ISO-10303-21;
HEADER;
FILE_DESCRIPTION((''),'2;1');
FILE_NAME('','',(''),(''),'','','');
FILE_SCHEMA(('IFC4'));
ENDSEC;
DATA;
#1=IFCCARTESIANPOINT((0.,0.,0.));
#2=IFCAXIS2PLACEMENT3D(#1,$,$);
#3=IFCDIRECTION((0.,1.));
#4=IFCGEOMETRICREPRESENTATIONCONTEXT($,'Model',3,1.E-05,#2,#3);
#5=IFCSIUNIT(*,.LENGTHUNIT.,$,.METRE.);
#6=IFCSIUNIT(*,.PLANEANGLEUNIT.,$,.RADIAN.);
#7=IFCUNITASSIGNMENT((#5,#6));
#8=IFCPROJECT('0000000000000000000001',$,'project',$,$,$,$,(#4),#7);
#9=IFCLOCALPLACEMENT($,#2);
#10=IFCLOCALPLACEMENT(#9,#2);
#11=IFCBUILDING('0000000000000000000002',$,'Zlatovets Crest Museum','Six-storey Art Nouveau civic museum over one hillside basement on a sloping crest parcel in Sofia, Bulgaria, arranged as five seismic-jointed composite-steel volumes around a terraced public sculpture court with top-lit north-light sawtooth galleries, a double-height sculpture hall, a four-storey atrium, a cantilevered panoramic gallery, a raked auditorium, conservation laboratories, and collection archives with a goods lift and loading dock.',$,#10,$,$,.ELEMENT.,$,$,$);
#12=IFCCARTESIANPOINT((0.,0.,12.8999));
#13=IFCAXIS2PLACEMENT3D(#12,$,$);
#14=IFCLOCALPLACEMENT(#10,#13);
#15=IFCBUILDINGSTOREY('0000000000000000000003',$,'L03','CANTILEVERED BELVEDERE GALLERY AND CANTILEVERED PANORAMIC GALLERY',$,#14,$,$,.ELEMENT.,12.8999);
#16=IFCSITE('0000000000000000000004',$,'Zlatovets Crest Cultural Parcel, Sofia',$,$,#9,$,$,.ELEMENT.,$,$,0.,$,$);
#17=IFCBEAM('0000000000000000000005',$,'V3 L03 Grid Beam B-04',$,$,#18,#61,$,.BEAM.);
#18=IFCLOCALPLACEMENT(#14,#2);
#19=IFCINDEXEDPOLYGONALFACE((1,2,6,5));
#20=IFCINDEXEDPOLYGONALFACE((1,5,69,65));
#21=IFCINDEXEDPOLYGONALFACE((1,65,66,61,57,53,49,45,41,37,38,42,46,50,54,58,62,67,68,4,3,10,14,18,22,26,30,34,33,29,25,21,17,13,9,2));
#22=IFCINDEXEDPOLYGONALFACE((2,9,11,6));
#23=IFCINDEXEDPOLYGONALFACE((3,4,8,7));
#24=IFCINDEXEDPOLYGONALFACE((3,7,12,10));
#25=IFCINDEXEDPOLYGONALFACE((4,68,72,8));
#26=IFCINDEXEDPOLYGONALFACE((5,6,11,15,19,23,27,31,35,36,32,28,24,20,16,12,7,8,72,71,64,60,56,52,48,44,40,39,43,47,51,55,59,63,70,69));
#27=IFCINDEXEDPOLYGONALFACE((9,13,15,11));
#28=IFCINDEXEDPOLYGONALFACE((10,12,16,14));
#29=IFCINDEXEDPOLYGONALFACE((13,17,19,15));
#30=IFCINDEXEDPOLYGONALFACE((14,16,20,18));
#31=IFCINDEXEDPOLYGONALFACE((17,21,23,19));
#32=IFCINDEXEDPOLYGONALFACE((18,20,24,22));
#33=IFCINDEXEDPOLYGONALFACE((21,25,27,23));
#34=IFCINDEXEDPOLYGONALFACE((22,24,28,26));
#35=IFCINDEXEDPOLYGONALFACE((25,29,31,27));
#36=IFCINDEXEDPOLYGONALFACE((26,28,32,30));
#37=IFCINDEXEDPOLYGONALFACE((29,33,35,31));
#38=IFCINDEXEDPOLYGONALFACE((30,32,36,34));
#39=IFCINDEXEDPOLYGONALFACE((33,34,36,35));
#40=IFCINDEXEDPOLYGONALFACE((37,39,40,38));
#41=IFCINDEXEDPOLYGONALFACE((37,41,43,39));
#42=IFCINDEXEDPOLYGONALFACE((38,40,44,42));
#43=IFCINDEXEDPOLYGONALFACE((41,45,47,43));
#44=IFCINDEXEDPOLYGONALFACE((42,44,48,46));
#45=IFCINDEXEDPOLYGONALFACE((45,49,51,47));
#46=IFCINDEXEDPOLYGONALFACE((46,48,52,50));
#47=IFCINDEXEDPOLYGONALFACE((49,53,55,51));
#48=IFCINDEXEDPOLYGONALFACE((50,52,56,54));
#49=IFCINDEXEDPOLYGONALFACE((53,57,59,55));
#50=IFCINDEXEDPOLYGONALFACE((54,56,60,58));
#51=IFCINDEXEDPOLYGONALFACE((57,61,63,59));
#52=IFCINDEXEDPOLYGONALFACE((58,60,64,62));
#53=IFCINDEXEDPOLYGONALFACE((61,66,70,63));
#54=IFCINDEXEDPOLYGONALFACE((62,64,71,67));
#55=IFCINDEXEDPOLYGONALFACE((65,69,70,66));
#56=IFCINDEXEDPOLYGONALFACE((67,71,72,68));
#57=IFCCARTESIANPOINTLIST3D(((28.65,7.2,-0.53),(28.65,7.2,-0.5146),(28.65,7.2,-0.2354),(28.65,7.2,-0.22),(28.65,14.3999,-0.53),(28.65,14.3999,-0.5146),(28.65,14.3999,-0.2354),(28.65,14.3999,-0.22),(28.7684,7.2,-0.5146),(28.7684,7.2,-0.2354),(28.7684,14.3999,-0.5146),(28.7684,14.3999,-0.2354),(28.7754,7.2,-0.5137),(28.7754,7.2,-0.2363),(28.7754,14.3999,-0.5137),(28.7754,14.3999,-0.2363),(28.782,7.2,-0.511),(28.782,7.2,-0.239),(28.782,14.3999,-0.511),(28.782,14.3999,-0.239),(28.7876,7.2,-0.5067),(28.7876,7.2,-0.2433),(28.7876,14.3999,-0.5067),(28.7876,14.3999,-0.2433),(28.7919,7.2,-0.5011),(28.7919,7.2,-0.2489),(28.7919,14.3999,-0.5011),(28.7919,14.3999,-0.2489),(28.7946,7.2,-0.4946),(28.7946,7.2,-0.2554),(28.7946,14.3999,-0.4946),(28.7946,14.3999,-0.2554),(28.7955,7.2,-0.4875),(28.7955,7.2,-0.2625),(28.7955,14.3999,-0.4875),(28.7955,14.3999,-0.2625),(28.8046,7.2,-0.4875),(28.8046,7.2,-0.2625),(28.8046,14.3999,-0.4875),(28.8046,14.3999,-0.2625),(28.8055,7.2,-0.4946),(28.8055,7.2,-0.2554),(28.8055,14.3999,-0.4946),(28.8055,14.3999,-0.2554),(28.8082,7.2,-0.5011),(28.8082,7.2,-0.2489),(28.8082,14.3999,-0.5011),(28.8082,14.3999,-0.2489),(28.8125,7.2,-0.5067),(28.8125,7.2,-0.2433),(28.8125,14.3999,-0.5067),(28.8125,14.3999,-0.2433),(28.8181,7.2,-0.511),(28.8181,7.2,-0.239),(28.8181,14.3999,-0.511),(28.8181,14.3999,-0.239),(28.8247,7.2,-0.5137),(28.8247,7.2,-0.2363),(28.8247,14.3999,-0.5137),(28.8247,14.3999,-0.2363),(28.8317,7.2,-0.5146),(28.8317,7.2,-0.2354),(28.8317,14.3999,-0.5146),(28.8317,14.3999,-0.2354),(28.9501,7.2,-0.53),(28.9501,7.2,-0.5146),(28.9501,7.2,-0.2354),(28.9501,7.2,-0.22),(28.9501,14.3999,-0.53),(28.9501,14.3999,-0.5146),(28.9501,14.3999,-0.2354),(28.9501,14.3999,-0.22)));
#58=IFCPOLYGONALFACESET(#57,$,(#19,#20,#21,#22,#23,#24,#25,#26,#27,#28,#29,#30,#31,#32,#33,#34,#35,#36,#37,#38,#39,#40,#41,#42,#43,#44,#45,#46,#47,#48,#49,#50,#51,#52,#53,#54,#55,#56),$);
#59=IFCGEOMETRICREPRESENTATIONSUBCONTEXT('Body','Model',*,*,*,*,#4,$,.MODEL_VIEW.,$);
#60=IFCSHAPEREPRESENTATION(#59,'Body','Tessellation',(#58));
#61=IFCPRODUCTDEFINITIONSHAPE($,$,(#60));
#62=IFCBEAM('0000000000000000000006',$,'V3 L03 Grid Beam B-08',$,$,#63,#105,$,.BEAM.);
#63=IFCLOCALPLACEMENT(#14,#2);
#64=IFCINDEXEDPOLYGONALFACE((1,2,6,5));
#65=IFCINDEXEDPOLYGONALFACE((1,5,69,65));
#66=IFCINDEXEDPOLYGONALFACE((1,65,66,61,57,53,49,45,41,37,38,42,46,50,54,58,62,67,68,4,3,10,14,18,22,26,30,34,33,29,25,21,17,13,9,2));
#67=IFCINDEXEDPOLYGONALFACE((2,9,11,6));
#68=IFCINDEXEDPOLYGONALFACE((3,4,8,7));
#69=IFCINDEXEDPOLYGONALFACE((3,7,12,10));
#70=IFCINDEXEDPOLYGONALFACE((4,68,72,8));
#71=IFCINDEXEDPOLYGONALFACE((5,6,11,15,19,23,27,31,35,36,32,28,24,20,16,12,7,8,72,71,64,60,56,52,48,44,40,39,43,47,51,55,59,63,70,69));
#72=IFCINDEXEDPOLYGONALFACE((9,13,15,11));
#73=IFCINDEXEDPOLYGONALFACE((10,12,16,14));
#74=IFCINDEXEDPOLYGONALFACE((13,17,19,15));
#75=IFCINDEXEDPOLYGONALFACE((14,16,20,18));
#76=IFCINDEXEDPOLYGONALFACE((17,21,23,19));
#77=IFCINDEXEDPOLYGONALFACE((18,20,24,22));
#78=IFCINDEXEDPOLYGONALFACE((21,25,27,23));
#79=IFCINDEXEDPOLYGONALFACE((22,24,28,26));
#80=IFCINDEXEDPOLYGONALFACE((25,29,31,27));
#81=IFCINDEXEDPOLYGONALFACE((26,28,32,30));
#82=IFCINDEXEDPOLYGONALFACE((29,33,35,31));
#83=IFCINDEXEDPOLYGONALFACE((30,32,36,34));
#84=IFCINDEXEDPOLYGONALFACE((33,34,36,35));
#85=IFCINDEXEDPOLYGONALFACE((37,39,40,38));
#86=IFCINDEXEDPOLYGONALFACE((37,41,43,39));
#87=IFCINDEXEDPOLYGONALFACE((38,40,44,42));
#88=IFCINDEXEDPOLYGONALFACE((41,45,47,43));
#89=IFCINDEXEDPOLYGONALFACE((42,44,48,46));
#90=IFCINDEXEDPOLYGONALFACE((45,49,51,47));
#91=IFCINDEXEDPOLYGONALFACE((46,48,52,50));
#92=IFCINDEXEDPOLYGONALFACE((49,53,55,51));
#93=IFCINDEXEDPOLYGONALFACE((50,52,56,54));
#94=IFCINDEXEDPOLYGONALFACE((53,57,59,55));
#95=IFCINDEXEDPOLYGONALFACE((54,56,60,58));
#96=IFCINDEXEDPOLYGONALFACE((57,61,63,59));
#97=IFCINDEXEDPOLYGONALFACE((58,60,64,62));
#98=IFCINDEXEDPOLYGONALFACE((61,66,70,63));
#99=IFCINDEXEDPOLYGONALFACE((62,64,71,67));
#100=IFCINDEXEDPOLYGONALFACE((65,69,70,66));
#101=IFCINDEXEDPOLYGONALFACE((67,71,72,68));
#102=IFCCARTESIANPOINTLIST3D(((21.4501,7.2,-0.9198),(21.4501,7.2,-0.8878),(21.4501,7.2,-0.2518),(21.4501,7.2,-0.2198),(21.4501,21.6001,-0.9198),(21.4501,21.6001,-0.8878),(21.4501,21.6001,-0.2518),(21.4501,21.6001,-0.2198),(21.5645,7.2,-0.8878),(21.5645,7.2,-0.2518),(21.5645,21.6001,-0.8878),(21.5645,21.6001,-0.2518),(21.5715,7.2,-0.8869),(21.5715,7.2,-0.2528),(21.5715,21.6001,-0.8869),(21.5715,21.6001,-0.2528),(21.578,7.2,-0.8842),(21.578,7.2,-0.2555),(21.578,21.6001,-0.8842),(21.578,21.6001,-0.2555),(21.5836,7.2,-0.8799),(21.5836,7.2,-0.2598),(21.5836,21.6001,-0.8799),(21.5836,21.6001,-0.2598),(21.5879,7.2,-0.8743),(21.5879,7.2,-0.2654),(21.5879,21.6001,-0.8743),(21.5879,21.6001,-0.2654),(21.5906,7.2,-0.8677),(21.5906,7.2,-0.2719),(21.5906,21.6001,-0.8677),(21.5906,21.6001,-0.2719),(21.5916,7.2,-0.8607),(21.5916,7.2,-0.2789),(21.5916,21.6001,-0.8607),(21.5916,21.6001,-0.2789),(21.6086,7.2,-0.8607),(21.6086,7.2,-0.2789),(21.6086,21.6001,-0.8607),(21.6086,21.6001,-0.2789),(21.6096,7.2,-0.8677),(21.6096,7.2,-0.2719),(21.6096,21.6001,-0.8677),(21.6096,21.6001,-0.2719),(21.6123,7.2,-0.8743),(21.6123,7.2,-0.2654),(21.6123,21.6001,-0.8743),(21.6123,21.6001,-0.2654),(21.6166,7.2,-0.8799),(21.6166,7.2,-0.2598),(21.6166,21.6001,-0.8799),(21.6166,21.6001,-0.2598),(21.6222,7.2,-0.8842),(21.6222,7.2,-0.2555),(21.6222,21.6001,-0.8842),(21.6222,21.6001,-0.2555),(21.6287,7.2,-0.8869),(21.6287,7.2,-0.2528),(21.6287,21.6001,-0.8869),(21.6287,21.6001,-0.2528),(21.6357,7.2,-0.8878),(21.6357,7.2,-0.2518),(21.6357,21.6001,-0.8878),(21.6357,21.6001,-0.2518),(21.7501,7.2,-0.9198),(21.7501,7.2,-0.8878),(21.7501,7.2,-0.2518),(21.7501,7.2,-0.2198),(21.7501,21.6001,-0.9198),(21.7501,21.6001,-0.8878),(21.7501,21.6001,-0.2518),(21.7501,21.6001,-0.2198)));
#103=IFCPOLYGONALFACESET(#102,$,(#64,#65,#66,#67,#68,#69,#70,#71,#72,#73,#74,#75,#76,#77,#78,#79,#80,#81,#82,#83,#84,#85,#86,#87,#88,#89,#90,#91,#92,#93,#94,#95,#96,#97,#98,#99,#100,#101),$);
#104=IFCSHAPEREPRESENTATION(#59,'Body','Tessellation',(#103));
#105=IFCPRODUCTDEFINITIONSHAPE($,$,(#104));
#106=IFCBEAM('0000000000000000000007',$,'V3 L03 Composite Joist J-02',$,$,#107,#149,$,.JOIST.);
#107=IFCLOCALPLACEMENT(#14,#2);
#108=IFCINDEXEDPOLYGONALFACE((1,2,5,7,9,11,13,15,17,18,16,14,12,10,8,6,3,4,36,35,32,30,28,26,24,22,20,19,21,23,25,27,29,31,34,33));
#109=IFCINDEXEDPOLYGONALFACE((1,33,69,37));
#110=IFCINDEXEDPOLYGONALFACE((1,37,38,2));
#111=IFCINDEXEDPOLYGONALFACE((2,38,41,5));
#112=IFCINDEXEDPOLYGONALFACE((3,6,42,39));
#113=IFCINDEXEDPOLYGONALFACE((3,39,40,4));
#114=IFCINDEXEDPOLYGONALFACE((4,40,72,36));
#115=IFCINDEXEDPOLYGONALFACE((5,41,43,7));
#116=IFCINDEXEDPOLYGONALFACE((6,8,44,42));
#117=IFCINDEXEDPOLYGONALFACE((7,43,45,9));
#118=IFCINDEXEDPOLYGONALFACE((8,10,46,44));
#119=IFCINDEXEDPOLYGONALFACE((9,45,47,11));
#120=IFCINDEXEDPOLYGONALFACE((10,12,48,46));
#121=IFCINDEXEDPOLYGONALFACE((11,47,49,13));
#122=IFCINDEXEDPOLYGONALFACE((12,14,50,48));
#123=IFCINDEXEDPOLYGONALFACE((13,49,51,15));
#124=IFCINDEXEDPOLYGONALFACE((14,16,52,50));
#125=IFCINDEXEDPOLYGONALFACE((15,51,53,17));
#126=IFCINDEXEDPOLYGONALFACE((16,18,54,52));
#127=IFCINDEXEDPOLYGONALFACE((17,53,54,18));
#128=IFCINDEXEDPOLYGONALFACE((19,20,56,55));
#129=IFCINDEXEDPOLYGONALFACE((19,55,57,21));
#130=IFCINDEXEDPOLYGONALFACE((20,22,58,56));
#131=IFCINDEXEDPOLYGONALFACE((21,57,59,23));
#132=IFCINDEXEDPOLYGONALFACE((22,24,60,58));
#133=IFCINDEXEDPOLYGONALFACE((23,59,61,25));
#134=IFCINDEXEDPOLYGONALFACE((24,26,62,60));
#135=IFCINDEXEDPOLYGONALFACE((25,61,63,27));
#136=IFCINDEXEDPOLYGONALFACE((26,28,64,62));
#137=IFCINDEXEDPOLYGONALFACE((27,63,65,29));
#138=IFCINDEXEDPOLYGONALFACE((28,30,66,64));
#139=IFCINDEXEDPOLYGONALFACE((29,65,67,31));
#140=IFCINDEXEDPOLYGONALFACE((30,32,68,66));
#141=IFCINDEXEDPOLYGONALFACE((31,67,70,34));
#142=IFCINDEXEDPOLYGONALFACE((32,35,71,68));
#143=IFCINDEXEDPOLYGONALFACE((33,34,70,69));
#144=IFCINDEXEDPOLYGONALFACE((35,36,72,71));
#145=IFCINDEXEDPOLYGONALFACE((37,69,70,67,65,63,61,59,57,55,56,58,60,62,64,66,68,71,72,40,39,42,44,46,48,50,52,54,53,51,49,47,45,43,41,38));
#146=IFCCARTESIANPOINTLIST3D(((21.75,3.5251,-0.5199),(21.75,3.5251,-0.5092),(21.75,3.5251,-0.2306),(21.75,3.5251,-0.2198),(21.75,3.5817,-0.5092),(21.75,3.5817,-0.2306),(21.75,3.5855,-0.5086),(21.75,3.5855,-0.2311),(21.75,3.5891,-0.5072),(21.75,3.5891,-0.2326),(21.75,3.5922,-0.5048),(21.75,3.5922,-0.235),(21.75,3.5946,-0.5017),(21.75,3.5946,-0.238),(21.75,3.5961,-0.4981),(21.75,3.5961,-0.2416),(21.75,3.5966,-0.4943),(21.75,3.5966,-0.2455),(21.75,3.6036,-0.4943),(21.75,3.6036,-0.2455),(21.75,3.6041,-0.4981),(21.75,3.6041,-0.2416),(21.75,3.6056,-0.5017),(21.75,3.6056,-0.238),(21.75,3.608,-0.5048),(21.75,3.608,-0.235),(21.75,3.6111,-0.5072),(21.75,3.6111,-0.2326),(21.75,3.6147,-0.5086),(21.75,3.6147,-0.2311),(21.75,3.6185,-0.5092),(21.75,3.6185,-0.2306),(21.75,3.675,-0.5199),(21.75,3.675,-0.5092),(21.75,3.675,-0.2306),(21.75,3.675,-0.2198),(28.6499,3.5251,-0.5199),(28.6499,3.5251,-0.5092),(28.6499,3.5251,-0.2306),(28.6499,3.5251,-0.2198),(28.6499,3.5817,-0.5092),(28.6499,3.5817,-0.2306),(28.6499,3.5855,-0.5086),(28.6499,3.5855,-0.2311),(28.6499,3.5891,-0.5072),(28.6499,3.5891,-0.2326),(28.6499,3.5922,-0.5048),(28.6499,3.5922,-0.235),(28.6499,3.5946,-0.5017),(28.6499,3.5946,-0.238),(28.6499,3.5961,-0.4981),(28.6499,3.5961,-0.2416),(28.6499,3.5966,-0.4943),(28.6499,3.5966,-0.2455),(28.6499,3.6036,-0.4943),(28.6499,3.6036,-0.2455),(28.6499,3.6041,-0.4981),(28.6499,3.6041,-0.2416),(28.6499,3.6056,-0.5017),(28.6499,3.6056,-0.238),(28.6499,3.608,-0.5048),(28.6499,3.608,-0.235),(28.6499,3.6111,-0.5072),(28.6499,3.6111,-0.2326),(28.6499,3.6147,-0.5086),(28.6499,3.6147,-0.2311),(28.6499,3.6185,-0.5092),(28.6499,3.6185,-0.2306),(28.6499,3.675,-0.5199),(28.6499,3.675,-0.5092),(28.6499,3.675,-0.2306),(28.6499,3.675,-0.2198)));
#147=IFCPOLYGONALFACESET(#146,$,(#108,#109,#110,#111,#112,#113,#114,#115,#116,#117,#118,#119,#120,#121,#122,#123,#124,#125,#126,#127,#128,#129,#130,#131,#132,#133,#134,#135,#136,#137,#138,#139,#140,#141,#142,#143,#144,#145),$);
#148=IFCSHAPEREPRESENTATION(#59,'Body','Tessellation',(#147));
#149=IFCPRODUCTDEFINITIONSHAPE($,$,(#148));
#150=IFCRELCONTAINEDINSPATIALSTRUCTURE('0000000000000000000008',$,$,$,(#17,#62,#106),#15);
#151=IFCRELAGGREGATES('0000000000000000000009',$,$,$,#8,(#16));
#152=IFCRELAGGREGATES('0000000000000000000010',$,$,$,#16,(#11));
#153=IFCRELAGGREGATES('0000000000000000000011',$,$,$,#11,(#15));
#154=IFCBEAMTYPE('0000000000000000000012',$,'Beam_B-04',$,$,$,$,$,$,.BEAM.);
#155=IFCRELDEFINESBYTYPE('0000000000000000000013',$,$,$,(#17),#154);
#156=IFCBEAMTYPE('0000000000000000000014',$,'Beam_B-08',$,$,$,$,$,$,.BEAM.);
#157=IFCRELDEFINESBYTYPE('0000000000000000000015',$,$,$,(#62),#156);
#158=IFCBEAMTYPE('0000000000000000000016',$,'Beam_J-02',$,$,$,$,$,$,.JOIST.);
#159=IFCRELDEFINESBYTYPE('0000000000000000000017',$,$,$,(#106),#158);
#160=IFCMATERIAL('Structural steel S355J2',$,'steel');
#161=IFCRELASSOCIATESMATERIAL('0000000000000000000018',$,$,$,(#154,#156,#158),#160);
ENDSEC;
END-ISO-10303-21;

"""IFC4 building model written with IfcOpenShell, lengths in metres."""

from ifc_helpers import new_model, si_unit, direction, frame, origin, origin_2d, place, context, subcontext, project, spatial, i_section, extrude, material, material_profile, profile_set, type_object, element, save


model = new_model("IFC4")

# Units and contexts
model_context = context("Model", 3, precision=1e-05, world=origin(), true_north=direction((0.0, 1.0)))
body_context = subcontext(model_context, "Body", "Model", "MODEL_VIEW")
ifc_project = project(units=[si_unit("LENGTHUNIT", "METRE"), si_unit("PLANEANGLEUNIT", "RADIAN")], contexts=[model_context])

# Site, building, storey
site_placement = place(None, origin())
site = spatial("IfcSite", under=ifc_project, at=site_placement, Name="Zlatovets Crest Cultural Parcel, Sofia", CompositionType="ELEMENT", RefElevation=0.0)
building_placement = place(site_placement, origin())
building = spatial("IfcBuilding", under=site, at=building_placement, Name="Zlatovets Crest Museum", Description="Six-storey Art Nouveau civic museum over one hillside basement on a sloping crest parcel in Sofia, Bulgaria, arranged as five seismic-jointed composite-steel volumes around a terraced public sculpture court with top-lit north-light sawtooth galleries, a double-height sculpture hall, a four-storey atrium, a cantilevered panoramic gallery, a raked auditorium, conservation laboratories, and collection archives with a goods lift and loading dock.", CompositionType="ELEMENT")
storey_placement = place(building_placement, frame((0.0, 0.0, 12.8999)))
storey = spatial("IfcBuildingStorey", under=building, at=storey_placement, Name="L03", Description="CANTILEVERED BELVEDERE GALLERY AND CANTILEVERED PANORAMIC GALLERY", CompositionType="ELEMENT", Elevation=12.8999)

# Beams
ifc_material_1 = material(Name="Structural steel S355J2", Category="steel")
ifc_material_profile_1 = material_profile(ifc_material_1, i_section(OverallWidth=0.3, OverallDepth=0.3101, WebThickness=0.009, FlangeThickness=0.0154, FilletRadius=0.0271, at=origin_2d()), Name="HEA 320")
ifc_profile_set_1 = profile_set([ifc_material_profile_1], Name="Structural steel S355J2")
beam_type_1 = type_object("IfcBeamType", Name="Beam_B-04", PredefinedType="BEAM", material=ifc_profile_set_1)
for number, where, z_axis, x_axis, name in (
    (1, (28.8, 7.2, -0.375), (0.0, 1.0, 0.0), (-1.0, 0.0, 0.0), "V3 L03 Grid Beam B-04"),
):
    element("IfcBeam", number, at=place(storey_placement, frame(where, z_axis=z_axis, x_axis=x_axis)), inside=storey, type_object=beam_type_1, Name=name, PredefinedType="BEAM", context=body_context, shape_type="SweptSolid", body=[
        extrude(i_section(OverallWidth=0.3, OverallDepth=0.3101, WebThickness=0.009, FlangeThickness=0.0154, FilletRadius=0.0271, at=origin_2d()), origin(), (0.0, 0.0, 1.0), 7.2),
    ])
ifc_material_profile_2 = material_profile(ifc_material_1, i_section(OverallWidth=0.3, OverallDepth=0.7, WebThickness=0.0171, FlangeThickness=0.032, FilletRadius=0.0271, at=origin_2d()), Name="HEB 700")
ifc_profile_set_2 = profile_set([ifc_material_profile_2], Name="Structural steel S355J2")
beam_type_2 = type_object("IfcBeamType", Name="Beam_B-08", PredefinedType="BEAM", material=ifc_profile_set_2)
beam_1_placement = place(storey_placement, frame((21.6001, 7.2, -0.5698), z_axis=(0.0, 1.0, 0.0), x_axis=(-1.0, 0.0, 0.0)))
element("IfcBeam", 2, at=beam_1_placement, inside=storey, type_object=beam_type_2, Name="V3 L03 Grid Beam B-08", PredefinedType="BEAM", context=body_context, shape_type="SweptSolid", body=[
    extrude(i_section(OverallWidth=0.3, OverallDepth=0.7, WebThickness=0.0171, FlangeThickness=0.032, FilletRadius=0.0271, at=origin_2d()), origin(), (0.0, 0.0, 1.0), 14.4001),
])
ifc_material_profile_3 = material_profile(ifc_material_1, i_section(OverallWidth=0.1499, OverallDepth=0.3, WebThickness=0.0071, FlangeThickness=0.0107, FilletRadius=0.0149, at=origin_2d()), Name="IPE 300")
ifc_profile_set_3 = profile_set([ifc_material_profile_3], Name="Structural steel S355J2")
beam_type_3 = type_object("IfcBeamType", Name="Beam_J-02", PredefinedType="JOIST", material=ifc_profile_set_3)
beam_2_placement = place(storey_placement, frame((21.75, 3.6001, -0.3699), z_axis=(1.0, 0.0, 0.0), x_axis=(0.0, 1.0, 0.0)))
element("IfcBeam", 3, at=beam_2_placement, inside=storey, type_object=beam_type_3, Name="V3 L03 Composite Joist J-02", PredefinedType="JOIST", context=body_context, shape_type="SweptSolid", body=[
    extrude(i_section(OverallWidth=0.1499, OverallDepth=0.3, WebThickness=0.0071, FlangeThickness=0.0107, FilletRadius=0.0149, at=origin_2d()), origin(), (0.0, 0.0, 1.0), 6.8999),
])

save(model, "model.ifc")
